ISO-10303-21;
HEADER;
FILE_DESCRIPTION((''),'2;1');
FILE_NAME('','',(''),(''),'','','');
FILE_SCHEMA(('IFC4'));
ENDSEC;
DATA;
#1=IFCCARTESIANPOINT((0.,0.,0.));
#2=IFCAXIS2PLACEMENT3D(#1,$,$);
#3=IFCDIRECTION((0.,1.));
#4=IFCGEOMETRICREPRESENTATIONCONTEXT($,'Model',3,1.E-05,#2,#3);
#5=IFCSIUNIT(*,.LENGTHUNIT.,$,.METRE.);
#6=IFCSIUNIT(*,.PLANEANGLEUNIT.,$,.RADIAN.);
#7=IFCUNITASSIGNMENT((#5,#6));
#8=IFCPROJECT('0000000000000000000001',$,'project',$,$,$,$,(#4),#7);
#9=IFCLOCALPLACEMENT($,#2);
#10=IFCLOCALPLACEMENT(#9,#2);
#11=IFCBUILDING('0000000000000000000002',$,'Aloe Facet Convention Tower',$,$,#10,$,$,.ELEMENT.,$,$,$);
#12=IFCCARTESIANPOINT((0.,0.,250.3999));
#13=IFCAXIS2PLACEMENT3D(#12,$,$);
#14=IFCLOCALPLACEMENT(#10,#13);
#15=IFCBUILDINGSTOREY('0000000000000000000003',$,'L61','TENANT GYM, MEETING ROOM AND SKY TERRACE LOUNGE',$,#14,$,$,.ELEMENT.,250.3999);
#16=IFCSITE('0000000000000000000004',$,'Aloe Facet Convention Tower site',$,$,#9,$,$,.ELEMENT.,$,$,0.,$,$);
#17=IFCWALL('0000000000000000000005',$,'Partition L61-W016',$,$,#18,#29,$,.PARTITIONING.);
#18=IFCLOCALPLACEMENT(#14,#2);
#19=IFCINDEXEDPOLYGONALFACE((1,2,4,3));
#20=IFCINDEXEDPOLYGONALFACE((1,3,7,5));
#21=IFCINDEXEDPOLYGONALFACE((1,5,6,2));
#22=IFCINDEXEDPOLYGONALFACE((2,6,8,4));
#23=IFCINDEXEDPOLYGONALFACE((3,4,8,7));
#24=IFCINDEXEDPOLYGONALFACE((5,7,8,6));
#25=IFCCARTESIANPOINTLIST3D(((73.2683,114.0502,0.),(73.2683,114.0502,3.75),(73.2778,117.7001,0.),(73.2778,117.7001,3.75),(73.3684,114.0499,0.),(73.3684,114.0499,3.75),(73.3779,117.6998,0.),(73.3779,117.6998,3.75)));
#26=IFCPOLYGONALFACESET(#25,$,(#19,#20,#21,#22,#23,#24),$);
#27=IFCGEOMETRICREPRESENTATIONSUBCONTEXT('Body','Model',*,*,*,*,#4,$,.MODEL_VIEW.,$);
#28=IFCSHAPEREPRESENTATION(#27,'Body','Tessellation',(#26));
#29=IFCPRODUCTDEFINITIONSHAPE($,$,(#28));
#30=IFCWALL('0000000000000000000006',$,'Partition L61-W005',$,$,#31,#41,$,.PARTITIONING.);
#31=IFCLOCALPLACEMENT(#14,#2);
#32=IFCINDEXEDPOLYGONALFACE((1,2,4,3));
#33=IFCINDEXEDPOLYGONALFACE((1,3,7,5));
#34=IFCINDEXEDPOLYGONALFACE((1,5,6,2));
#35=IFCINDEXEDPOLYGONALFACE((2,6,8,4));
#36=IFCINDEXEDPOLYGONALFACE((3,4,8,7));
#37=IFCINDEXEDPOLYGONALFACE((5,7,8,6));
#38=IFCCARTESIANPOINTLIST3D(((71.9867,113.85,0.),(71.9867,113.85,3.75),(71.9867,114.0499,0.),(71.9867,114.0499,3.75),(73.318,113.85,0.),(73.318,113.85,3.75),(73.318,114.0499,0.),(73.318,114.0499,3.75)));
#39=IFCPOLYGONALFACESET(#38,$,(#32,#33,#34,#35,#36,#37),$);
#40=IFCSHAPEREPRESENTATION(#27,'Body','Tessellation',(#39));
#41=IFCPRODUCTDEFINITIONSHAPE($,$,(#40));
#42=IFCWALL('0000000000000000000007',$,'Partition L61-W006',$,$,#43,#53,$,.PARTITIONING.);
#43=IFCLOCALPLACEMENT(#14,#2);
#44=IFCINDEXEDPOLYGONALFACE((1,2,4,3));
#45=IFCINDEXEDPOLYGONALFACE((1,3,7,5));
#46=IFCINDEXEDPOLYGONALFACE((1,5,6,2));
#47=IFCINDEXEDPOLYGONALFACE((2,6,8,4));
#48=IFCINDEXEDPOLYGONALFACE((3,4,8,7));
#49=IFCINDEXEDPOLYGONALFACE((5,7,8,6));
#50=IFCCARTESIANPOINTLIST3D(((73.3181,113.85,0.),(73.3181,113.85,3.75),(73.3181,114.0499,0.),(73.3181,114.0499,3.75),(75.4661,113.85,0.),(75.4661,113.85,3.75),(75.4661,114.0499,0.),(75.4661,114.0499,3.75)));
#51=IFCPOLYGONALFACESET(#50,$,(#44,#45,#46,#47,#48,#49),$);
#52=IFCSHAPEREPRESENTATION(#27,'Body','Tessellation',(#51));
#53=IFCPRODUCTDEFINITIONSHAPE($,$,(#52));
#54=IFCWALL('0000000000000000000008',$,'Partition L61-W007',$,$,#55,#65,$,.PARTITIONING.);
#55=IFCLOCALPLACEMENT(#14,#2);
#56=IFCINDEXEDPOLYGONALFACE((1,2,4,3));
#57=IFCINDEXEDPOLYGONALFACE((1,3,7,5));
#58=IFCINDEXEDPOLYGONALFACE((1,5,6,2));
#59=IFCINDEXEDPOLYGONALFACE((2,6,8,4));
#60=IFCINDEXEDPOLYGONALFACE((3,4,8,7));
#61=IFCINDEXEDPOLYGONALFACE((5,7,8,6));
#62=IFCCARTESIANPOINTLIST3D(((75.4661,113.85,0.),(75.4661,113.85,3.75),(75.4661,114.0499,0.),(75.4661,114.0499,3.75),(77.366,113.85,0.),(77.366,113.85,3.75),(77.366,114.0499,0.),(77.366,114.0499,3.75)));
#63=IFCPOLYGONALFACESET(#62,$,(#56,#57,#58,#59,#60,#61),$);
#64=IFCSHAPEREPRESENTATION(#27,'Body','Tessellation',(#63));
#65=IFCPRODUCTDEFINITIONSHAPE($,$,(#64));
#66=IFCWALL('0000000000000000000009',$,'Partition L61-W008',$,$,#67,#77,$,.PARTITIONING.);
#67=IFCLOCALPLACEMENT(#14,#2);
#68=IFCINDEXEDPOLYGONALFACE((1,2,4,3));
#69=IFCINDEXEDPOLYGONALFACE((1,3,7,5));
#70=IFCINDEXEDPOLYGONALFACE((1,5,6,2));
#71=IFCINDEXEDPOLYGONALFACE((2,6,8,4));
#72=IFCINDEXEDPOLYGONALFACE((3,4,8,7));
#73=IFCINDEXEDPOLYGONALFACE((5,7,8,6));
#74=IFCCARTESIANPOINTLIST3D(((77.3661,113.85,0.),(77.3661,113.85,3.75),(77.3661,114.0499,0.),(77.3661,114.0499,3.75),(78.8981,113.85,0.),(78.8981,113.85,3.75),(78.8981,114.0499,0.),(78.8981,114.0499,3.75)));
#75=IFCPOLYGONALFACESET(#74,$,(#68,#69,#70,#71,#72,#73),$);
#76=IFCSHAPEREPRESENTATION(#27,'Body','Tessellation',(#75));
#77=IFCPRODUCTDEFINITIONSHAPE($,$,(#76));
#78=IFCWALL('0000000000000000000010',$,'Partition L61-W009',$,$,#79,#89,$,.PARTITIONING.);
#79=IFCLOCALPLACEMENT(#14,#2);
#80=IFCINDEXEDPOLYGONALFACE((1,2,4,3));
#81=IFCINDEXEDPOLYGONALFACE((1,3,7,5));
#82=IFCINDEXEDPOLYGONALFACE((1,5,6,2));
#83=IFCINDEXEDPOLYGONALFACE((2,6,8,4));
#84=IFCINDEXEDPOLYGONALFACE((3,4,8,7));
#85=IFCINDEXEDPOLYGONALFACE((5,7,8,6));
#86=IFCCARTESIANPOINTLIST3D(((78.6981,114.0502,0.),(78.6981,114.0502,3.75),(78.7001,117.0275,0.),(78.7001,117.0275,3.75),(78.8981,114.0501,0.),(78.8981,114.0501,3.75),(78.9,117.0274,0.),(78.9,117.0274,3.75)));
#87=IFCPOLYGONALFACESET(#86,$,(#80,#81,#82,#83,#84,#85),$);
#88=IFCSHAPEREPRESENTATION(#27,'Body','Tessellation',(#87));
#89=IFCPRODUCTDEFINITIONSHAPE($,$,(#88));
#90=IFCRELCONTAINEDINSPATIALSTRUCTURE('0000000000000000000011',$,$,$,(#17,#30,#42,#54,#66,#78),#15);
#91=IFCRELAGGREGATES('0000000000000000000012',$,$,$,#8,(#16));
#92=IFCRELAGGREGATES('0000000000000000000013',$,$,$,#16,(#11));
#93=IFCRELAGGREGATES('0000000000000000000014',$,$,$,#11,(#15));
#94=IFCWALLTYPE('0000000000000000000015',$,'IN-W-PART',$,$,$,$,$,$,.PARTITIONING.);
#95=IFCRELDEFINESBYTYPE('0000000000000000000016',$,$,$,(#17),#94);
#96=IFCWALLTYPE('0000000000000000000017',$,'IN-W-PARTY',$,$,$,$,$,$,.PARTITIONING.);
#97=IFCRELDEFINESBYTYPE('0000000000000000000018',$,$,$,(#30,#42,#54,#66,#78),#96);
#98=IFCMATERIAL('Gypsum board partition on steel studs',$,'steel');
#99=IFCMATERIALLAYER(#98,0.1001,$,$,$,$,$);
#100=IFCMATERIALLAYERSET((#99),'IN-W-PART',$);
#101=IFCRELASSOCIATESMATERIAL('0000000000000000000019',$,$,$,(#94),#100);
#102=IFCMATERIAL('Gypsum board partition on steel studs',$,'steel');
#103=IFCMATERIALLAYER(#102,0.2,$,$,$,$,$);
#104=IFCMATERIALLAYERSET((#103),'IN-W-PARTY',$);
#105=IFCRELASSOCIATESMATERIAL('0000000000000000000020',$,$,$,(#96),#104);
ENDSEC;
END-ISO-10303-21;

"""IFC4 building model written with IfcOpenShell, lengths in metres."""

from ifc_helpers import new_model, si_unit, direction, frame, frame_2d, origin, place, context, subcontext, project, spatial, rectangle, extrude, material, layer, layer_set, type_object, element, save


model = new_model("IFC4")

# Units and contexts
model_context = context("Model", 3, precision=1e-05, world=origin(), true_north=direction((0.0, 1.0)))
body_context = subcontext(model_context, "Body", "Model", "MODEL_VIEW")
ifc_project = project(units=[si_unit("LENGTHUNIT", "METRE"), si_unit("PLANEANGLEUNIT", "RADIAN")], contexts=[model_context])

# Site, building, storey
site_placement = place(None, origin())
site = spatial("IfcSite", under=ifc_project, at=site_placement, Name="Aloe Facet Convention Tower site", CompositionType="ELEMENT", RefElevation=0.0)
building_placement = place(site_placement, origin())
building = spatial("IfcBuilding", under=site, at=building_placement, Name="Aloe Facet Convention Tower", CompositionType="ELEMENT")
storey_placement = place(building_placement, frame((0.0, 0.0, 250.3999)))
storey = spatial("IfcBuildingStorey", under=building, at=storey_placement, Name="L61", Description="TENANT GYM, MEETING ROOM AND SKY TERRACE LOUNGE", CompositionType="ELEMENT", Elevation=250.3999)

# Shared definitions
ifc_material_1 = material(Name="Gypsum board partition on steel studs", Category="steel")
ifc_layer_1 = layer(ifc_material_1, 0.1001)
ifc_layer_set_1 = layer_set([ifc_layer_1], Name="IN-W-PART")
wall_type_1 = type_object("IfcWallType", Name="IN-W-PART", PredefinedType="PARTITIONING", material=ifc_layer_set_1)

# Walls
wall_1_placement = place(storey_placement, frame((73.3184, 114.05, 0.0), z_axis=(0.0, 0.0, 1.0), x_axis=(0.002609, 0.999997, 0.0)))
element("IfcWall", 1, at=wall_1_placement, inside=storey, type_object=wall_type_1, Name="Partition L61-W016", PredefinedType="PARTITIONING", context=body_context, shape_type="SweptSolid", body=[
    extrude(rectangle(XDim=3.6499, YDim=0.1001, at=frame_2d((1.825, 0.0))), origin(), (0.0, 0.0, 1.0), 3.75),
])
ifc_material_2 = material(Name="Gypsum board partition on steel studs", Category="steel")
ifc_layer_2 = layer(ifc_material_2, 0.2)
ifc_layer_set_2 = layer_set([ifc_layer_2], Name="IN-W-PARTY")
wall_type_2 = type_object("IfcWallType", Name="IN-W-PARTY", PredefinedType="PARTITIONING", material=ifc_layer_set_2)
wall_2_placement = place(storey_placement, frame((71.9868, 113.95, 0.0), z_axis=(0.0, 0.0, 1.0), x_axis=(1.0, 0.0, 0.0)))
element("IfcWall", 2, at=wall_2_placement, inside=storey, type_object=wall_type_2, Name="Partition L61-W005", PredefinedType="PARTITIONING", context=body_context, shape_type="SweptSolid", body=[
    extrude(rectangle(XDim=1.3313, YDim=0.2, at=frame_2d((0.6655, 0.0))), origin(), (0.0, 0.0, 1.0), 3.75),
])
wall_3_placement = place(storey_placement, frame((73.3181, 113.95, 0.0), z_axis=(0.0, 0.0, 1.0), x_axis=(1.0, 0.0, 0.0)))
element("IfcWall", 3, at=wall_3_placement, inside=storey, type_object=wall_type_2, Name="Partition L61-W006", PredefinedType="PARTITIONING", context=body_context, shape_type="SweptSolid", body=[
    extrude(rectangle(XDim=2.1479, YDim=0.2, at=frame_2d((1.074, 0.0))), origin(), (0.0, 0.0, 1.0), 3.75),
])
wall_4_placement = place(storey_placement, frame((75.4661, 113.95, 0.0), z_axis=(0.0, 0.0, 1.0), x_axis=(1.0, 0.0, 0.0)))
element("IfcWall", 4, at=wall_4_placement, inside=storey, type_object=wall_type_2, Name="Partition L61-W007", PredefinedType="PARTITIONING", context=body_context, shape_type="SweptSolid", body=[
    extrude(rectangle(XDim=1.8999, YDim=0.2, at=frame_2d((0.95, 0.0))), origin(), (0.0, 0.0, 1.0), 3.75),
])
wall_5_placement = place(storey_placement, frame((77.366, 113.95, 0.0), z_axis=(0.0, 0.0, 1.0), x_axis=(1.0, 0.0, 0.0)))
element("IfcWall", 5, at=wall_5_placement, inside=storey, type_object=wall_type_2, Name="Partition L61-W008", PredefinedType="PARTITIONING", context=body_context, shape_type="SweptSolid", body=[
    extrude(rectangle(XDim=1.532, YDim=0.2, at=frame_2d((0.7661, 0.0))), origin(), (0.0, 0.0, 1.0), 3.75),
])
wall_6_placement = place(storey_placement, frame((78.7981, 114.05, 0.0), z_axis=(0.0, 0.0, 1.0), x_axis=(0.000656, 1.0, 0.0)))
element("IfcWall", 6, at=wall_6_placement, inside=storey, type_object=wall_type_2, Name="Partition L61-W009", PredefinedType="PARTITIONING", context=body_context, shape_type="SweptSolid", body=[
    extrude(rectangle(XDim=2.9773, YDim=0.2, at=frame_2d((1.4888, 0.0))), origin(), (0.0, 0.0, 1.0), 3.75),
])

save(model, "model.ifc")
